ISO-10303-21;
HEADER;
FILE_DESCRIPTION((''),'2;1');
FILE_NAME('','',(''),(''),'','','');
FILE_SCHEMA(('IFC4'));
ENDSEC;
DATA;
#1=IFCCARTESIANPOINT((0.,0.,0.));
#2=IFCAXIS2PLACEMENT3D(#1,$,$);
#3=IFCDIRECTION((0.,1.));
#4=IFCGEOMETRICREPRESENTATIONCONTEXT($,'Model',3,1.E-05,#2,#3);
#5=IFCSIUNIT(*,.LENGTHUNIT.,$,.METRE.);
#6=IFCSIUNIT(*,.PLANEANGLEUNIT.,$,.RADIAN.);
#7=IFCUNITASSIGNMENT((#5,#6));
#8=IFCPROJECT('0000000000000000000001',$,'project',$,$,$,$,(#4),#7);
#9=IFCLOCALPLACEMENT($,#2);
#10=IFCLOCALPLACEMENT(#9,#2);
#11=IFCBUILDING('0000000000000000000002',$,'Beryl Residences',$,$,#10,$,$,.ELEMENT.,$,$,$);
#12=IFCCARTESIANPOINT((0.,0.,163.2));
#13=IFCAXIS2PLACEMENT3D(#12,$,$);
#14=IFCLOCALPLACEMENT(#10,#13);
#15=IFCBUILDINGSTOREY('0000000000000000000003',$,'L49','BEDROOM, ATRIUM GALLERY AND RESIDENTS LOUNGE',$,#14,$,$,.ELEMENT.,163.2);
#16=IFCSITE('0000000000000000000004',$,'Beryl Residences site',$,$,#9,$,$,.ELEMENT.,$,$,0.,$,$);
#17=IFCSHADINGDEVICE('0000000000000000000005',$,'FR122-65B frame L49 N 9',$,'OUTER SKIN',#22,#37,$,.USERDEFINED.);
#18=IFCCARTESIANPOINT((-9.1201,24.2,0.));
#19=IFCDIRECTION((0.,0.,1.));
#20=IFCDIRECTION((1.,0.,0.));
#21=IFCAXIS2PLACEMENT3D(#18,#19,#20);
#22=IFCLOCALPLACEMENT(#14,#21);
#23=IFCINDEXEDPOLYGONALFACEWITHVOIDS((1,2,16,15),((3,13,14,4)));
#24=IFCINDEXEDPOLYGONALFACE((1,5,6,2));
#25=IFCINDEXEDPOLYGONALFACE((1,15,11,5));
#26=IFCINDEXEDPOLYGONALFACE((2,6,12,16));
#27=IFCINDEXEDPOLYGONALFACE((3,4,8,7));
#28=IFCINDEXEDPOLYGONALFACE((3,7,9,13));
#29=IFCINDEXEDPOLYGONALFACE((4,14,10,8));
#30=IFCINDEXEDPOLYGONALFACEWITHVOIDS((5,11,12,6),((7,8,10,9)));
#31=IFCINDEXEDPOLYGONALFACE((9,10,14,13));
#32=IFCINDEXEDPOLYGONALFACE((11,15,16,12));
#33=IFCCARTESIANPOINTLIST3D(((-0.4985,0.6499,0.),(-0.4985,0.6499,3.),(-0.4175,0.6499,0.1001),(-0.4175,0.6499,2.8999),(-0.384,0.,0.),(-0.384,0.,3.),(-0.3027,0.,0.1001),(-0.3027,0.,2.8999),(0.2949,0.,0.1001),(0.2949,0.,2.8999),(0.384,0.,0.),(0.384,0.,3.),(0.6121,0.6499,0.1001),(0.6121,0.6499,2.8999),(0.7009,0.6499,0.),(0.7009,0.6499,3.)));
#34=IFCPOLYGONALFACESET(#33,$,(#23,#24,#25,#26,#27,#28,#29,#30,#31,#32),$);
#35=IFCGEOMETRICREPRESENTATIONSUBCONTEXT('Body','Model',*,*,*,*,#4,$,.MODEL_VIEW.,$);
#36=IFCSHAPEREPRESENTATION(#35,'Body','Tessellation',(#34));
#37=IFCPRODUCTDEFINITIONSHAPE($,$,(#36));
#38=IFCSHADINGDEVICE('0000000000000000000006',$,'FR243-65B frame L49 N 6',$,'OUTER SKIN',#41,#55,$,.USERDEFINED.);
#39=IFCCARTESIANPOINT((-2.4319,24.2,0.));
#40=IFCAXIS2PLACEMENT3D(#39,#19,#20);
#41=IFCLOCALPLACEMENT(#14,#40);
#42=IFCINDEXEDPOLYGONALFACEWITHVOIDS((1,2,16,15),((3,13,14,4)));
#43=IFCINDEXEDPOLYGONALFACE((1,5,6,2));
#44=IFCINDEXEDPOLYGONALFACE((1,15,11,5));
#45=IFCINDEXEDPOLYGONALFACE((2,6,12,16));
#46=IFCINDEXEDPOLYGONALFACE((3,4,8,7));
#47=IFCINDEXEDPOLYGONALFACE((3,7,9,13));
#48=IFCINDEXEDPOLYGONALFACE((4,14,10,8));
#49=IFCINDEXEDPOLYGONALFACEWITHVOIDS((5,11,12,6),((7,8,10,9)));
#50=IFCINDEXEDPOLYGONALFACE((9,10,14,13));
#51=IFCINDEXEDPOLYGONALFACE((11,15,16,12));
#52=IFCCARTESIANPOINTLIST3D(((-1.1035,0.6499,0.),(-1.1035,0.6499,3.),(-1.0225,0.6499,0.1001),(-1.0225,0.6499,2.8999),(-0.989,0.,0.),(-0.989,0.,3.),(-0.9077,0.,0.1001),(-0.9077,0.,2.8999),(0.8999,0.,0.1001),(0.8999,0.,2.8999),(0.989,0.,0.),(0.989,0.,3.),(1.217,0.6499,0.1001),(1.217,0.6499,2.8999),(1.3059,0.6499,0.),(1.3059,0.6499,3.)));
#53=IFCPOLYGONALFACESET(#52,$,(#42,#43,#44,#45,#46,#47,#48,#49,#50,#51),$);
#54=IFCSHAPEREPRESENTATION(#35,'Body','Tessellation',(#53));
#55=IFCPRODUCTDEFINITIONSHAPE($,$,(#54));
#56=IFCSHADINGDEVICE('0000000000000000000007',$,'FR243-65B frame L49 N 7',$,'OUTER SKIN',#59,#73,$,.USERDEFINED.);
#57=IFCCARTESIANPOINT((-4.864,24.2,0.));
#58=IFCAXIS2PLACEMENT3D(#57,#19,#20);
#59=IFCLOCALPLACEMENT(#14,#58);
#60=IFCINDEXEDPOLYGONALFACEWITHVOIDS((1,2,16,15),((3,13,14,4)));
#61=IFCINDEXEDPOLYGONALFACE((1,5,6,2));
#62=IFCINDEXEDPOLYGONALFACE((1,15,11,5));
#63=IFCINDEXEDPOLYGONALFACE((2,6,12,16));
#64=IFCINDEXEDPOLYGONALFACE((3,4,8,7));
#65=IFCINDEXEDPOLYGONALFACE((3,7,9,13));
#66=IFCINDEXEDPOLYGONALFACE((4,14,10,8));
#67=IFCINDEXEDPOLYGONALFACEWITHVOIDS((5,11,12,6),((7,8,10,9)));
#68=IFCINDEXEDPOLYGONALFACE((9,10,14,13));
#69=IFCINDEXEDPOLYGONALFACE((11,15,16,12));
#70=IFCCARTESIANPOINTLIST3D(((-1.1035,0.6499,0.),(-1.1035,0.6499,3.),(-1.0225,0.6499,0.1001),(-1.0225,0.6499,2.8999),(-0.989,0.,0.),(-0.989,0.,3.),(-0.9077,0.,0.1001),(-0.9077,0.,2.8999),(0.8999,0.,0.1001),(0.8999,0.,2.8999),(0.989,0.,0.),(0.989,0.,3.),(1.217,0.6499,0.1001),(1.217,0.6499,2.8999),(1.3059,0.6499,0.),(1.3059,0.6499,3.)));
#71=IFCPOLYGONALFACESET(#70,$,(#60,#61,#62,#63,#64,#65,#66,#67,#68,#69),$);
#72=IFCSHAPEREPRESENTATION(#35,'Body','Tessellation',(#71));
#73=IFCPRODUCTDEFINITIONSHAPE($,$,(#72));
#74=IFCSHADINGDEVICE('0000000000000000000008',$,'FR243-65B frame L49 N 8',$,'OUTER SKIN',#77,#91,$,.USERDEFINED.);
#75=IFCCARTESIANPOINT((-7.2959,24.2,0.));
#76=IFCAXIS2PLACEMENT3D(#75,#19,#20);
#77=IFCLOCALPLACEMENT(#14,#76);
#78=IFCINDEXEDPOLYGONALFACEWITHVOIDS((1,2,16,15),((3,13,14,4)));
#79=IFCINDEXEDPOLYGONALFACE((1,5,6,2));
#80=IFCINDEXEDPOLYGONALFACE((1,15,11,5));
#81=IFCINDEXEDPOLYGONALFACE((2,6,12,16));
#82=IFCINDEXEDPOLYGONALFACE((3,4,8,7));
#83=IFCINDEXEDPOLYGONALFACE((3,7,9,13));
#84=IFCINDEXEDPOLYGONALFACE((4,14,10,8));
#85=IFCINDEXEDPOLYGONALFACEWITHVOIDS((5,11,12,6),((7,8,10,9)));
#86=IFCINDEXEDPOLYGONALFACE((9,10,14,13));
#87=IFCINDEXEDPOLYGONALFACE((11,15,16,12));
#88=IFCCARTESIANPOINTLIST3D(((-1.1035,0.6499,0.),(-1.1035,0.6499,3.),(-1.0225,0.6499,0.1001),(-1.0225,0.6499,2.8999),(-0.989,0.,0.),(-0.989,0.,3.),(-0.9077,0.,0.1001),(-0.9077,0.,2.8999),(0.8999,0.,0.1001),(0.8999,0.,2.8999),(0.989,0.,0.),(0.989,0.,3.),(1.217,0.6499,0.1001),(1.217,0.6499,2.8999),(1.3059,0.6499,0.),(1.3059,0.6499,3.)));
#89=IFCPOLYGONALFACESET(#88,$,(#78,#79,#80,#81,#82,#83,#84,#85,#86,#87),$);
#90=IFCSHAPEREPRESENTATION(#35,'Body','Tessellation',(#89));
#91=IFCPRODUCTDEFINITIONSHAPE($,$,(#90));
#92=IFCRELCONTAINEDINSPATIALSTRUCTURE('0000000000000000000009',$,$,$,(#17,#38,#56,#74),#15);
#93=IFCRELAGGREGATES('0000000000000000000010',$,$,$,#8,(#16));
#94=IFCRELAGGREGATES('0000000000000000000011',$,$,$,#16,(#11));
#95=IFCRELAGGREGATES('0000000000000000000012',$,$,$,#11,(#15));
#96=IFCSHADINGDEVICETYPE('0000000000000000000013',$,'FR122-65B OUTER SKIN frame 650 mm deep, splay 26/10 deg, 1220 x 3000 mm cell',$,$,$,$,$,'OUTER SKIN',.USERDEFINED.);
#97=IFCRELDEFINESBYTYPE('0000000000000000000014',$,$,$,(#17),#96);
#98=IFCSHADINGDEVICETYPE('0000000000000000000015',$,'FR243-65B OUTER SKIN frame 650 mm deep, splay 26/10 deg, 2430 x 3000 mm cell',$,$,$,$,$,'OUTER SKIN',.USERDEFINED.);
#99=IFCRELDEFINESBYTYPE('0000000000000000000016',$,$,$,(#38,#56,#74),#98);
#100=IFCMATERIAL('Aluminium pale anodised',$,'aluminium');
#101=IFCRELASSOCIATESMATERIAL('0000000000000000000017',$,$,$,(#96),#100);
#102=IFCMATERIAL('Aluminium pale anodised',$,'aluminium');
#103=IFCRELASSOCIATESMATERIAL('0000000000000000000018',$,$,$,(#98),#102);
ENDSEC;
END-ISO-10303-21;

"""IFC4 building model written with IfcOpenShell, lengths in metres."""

from ifc_helpers import new_model, entity, si_unit, direction, frame, origin, place, context, subcontext, project, spatial, source, transform, mapped, material, type_object, type_shapes, element, save


model = new_model("IFC4")

# Units and contexts
model_context = context("Model", 3, precision=1e-05, world=origin(), true_north=direction((0.0, 1.0)))
body_context = subcontext(model_context, "Body", "Model", "MODEL_VIEW")
ifc_project = project(units=[si_unit("LENGTHUNIT", "METRE"), si_unit("PLANEANGLEUNIT", "RADIAN")], contexts=[model_context])

# Site, building, storey
site_placement = place(None, origin())
site = spatial("IfcSite", under=ifc_project, at=site_placement, Name="Beryl Residences site", CompositionType="ELEMENT", RefElevation=0.0)
building_placement = place(site_placement, origin())
building = spatial("IfcBuilding", under=site, at=building_placement, Name="Beryl Residences", CompositionType="ELEMENT")
storey_placement = place(building_placement, frame((0.0, 0.0, 163.2)))
storey = spatial("IfcBuildingStorey", under=building, at=storey_placement, Name="L49", Description="BEDROOM, ATRIUM GALLERY AND RESIDENTS LOUNGE", CompositionType="ELEMENT", Elevation=163.2)

# Shading devices
ifc_material_1 = material(Name="Aluminium pale anodised", Category="aluminium")
shading_device_type_1 = type_object("IfcShadingDeviceType", Name="FR122-65B OUTER SKIN frame 650 mm deep, splay 26/10 deg, 1220 x 3000 mm cell", ElementType="OUTER SKIN", PredefinedType="USERDEFINED", material=ifc_material_1)
cartesian_point_1 = entity("IfcCartesianPoint", [-0.384, 0.0])
cartesian_point_2 = entity("IfcCartesianPoint", [-0.2949, 0.1001])
cartesian_point_3 = entity("IfcCartesianPoint", [-0.7009, 0.0])
cartesian_point_4 = entity("IfcCartesianPoint", [-0.6121, 0.1001])
shared_shape_1 = source(origin(), body_context, "Body", "SweptSolid", [
    entity("IfcExtrudedAreaSolidTapered", entity("IfcArbitraryProfileDefWithVoids", "AREA", None, entity("IfcPolyline", [cartesian_point_1, entity("IfcCartesianPoint", [0.384, 0.0]), entity("IfcCartesianPoint", [0.384, 3.0]), entity("IfcCartesianPoint", [-0.384, 3.0]), cartesian_point_1]), [entity("IfcPolyline", [cartesian_point_2, entity("IfcCartesianPoint", [0.3027, 0.1001]), entity("IfcCartesianPoint", [0.3027, 2.8999]), entity("IfcCartesianPoint", [-0.2949, 2.8999]), cartesian_point_2])]), entity("IfcAxis2Placement3D", entity("IfcCartesianPoint", [0.0, 0.0, 0.0]), entity("IfcDirection", [0.0, 1.0, 0.0]), entity("IfcDirection", [-1.0, 0.0, 0.0])), entity("IfcDirection", [0.0, 0.0, 1.0]), 0.6499, entity("IfcArbitraryProfileDefWithVoids", "AREA", None, entity("IfcPolyline", [cartesian_point_3, entity("IfcCartesianPoint", [0.4985, 0.0]), entity("IfcCartesianPoint", [0.4985, 3.0]), entity("IfcCartesianPoint", [-0.7009, 3.0]), cartesian_point_3]), [entity("IfcPolyline", [cartesian_point_4, entity("IfcCartesianPoint", [0.4175, 0.1001]), entity("IfcCartesianPoint", [0.4175, 2.8999]), entity("IfcCartesianPoint", [-0.6121, 2.8999]), cartesian_point_4])])),
])
type_shapes(shading_device_type_1, [shared_shape_1])
shading_device_placement = place(storey_placement, frame((-9.1201, 24.2, 0.0), z_axis=(0.0, 0.0, 1.0), x_axis=(1.0, 0.0, 0.0)))
element("IfcShadingDevice", 1, at=shading_device_placement, inside=storey, type_object=shading_device_type_1, Name="FR122-65B frame L49 N 9", ObjectType="OUTER SKIN", PredefinedType="USERDEFINED", context=body_context, shape_type="MappedRepresentation", body=[
    mapped(shared_shape_1, transform((0.0, 0.0, 0.0))),
])
ifc_material_2 = material(Name="Aluminium pale anodised", Category="aluminium")
shading_device_type_2 = type_object("IfcShadingDeviceType", Name="FR243-65B OUTER SKIN frame 650 mm deep, splay 26/10 deg, 2430 x 3000 mm cell", ElementType="OUTER SKIN", PredefinedType="USERDEFINED", material=ifc_material_2)
cartesian_point_5 = entity("IfcCartesianPoint", [-0.989, 0.0])
cartesian_point_6 = entity("IfcCartesianPoint", [-0.8999, 0.1001])
cartesian_point_7 = entity("IfcCartesianPoint", [-1.3059, 0.0])
cartesian_point_8 = entity("IfcCartesianPoint", [-1.217, 0.1001])
shared_shape_2 = source(origin(), body_context, "Body", "SweptSolid", [
    entity("IfcExtrudedAreaSolidTapered", entity("IfcArbitraryProfileDefWithVoids", "AREA", None, entity("IfcPolyline", [cartesian_point_5, entity("IfcCartesianPoint", [0.989, 0.0]), entity("IfcCartesianPoint", [0.989, 3.0]), entity("IfcCartesianPoint", [-0.989, 3.0]), cartesian_point_5]), [entity("IfcPolyline", [cartesian_point_6, entity("IfcCartesianPoint", [0.9077, 0.1001]), entity("IfcCartesianPoint", [0.9077, 2.8999]), entity("IfcCartesianPoint", [-0.8999, 2.8999]), cartesian_point_6])]), entity("IfcAxis2Placement3D", entity("IfcCartesianPoint", [0.0, 0.0, 0.0]), entity("IfcDirection", [0.0, 1.0, 0.0]), entity("IfcDirection", [-1.0, 0.0, 0.0])), entity("IfcDirection", [0.0, 0.0, 1.0]), 0.6499, entity("IfcArbitraryProfileDefWithVoids", "AREA", None, entity("IfcPolyline", [cartesian_point_7, entity("IfcCartesianPoint", [1.1035, 0.0]), entity("IfcCartesianPoint", [1.1035, 3.0]), entity("IfcCartesianPoint", [-1.3059, 3.0]), cartesian_point_7]), [entity("IfcPolyline", [cartesian_point_8, entity("IfcCartesianPoint", [1.0225, 0.1001]), entity("IfcCartesianPoint", [1.0225, 2.8999]), entity("IfcCartesianPoint", [-1.217, 2.8999]), cartesian_point_8])])),
])
type_shapes(shading_device_type_2, [shared_shape_2])
for number, where, z_axis, x_axis, name in (
    (2, (-2.4319, 24.2, 0.0), (0.0, 0.0, 1.0), (1.0, 0.0, 0.0), "FR243-65B frame L49 N 6"),
    (3, (-4.864, 24.2, 0.0), (0.0, 0.0, 1.0), (1.0, 0.0, 0.0), "FR243-65B frame L49 N 7"),
    (4, (-7.2959, 24.2, 0.0), (0.0, 0.0, 1.0), (1.0, 0.0, 0.0), "FR243-65B frame L49 N 8"),
):
    element("IfcShadingDevice", number, at=place(storey_placement, frame(where, z_axis=z_axis, x_axis=x_axis)), inside=storey, type_object=shading_device_type_2, Name=name, ObjectType="OUTER SKIN", PredefinedType="USERDEFINED", context=body_context, shape_type="MappedRepresentation", body=[
        mapped(shared_shape_2, transform((0.0, 0.0, 0.0))),
    ])

save(model, "model.ifc")
